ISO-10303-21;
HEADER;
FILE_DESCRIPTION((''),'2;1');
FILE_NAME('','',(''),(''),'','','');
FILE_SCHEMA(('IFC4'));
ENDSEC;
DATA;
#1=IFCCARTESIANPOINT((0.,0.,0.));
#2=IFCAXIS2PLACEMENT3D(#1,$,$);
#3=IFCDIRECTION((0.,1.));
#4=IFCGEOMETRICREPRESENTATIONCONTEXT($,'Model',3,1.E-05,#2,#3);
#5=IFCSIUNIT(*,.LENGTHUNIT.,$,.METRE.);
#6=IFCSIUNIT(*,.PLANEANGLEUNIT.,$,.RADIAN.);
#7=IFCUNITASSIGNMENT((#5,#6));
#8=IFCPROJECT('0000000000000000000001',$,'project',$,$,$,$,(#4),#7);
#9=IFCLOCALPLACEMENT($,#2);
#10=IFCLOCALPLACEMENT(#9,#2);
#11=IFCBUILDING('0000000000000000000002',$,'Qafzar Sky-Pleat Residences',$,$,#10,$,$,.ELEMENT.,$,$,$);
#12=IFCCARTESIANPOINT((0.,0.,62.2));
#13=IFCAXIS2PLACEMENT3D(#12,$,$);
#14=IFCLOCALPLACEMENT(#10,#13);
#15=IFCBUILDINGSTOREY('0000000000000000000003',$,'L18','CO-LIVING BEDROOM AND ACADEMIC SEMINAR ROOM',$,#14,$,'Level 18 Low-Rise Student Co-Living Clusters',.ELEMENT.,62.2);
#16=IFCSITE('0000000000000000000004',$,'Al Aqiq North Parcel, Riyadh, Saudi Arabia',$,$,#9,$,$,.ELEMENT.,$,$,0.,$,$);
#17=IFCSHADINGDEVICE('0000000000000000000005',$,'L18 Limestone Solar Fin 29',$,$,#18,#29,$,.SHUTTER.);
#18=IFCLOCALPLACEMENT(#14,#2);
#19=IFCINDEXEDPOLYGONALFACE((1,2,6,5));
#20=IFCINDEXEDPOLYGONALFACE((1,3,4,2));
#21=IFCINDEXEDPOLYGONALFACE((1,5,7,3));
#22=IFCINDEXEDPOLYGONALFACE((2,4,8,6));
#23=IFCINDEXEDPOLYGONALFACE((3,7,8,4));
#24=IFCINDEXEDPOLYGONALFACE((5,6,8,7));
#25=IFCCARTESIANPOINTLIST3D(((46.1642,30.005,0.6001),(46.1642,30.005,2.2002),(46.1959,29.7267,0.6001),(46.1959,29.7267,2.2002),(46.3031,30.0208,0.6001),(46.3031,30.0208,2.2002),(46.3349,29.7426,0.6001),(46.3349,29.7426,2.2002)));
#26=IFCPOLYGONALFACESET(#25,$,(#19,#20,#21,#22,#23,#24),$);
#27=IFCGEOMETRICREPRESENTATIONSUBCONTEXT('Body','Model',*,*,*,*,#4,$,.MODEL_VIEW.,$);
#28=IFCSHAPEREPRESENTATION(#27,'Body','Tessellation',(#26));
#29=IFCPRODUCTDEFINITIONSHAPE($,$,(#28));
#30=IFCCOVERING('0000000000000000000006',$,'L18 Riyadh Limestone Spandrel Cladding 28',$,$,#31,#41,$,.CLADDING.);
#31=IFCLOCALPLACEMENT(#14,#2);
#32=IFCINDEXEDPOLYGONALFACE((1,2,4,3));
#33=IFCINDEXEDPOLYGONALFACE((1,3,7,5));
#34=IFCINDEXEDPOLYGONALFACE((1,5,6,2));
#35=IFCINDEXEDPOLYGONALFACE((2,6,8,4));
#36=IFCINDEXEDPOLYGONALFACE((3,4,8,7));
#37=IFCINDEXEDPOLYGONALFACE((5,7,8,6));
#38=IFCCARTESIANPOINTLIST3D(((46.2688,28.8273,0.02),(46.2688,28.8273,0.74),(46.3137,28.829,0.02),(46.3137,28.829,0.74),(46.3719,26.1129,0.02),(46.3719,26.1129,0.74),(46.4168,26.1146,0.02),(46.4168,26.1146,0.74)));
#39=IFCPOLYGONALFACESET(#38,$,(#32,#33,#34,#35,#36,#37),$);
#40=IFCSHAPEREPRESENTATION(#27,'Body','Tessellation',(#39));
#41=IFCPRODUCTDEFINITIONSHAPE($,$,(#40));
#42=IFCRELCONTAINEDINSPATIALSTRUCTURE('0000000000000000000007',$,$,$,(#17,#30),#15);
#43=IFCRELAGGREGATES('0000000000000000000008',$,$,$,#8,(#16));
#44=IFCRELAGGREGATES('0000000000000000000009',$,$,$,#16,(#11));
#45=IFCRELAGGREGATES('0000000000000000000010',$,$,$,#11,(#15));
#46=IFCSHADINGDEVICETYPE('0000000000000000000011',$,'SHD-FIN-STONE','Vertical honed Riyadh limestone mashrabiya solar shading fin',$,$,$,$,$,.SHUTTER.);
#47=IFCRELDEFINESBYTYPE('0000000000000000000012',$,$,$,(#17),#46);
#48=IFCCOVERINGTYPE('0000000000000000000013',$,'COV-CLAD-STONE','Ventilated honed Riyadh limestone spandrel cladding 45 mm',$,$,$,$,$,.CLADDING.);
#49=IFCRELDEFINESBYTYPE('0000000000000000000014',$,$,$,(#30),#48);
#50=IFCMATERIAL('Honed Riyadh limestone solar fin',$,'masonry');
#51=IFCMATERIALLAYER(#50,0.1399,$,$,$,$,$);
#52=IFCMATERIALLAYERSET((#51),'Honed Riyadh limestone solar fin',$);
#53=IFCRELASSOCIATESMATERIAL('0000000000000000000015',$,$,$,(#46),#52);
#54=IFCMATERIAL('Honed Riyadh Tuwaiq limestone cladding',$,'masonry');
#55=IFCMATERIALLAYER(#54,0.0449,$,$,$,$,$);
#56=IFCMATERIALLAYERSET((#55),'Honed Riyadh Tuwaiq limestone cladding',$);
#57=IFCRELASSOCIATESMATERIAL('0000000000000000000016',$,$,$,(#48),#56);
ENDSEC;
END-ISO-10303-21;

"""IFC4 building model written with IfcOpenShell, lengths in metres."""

from ifc_helpers import new_model, si_unit, direction, frame, origin, origin_2d, place, context, subcontext, project, spatial, rectangle, extrude, source, transform, mapped, material, layer, layer_set, type_object, element, save


model = new_model("IFC4")

# Units and contexts
model_context = context("Model", 3, precision=1e-05, world=origin(), true_north=direction((0.0, 1.0)))
body_context = subcontext(model_context, "Body", "Model", "MODEL_VIEW")
ifc_project = project(units=[si_unit("LENGTHUNIT", "METRE"), si_unit("PLANEANGLEUNIT", "RADIAN")], contexts=[model_context])

# Site, building, storey
site_placement = place(None, origin())
site = spatial("IfcSite", under=ifc_project, at=site_placement, Name="Al Aqiq North Parcel, Riyadh, Saudi Arabia", CompositionType="ELEMENT", RefElevation=0.0)
building_placement = place(site_placement, origin())
building = spatial("IfcBuilding", under=site, at=building_placement, Name="Qafzar Sky-Pleat Residences", CompositionType="ELEMENT")
storey_placement = place(building_placement, frame((0.0, 0.0, 62.2)))
storey = spatial("IfcBuildingStorey", under=building, at=storey_placement, Name="L18", Description="CO-LIVING BEDROOM AND ACADEMIC SEMINAR ROOM", LongName="Level 18 Low-Rise Student Co-Living Clusters", CompositionType="ELEMENT", Elevation=62.2)

# Shading device
ifc_material_1 = material(Name="Honed Riyadh limestone solar fin", Category="masonry")
ifc_layer_1 = layer(ifc_material_1, 0.1399)
ifc_layer_set_1 = layer_set([ifc_layer_1], Name="Honed Riyadh limestone solar fin")
shading_device_type = type_object("IfcShadingDeviceType", Name="SHD-FIN-STONE", Description="Vertical honed Riyadh limestone mashrabiya solar shading fin", PredefinedType="SHUTTER", material=ifc_layer_set_1)
shared_shape_1 = source(origin(), body_context, "Body", "SweptSolid", [
    extrude(rectangle(XDim=0.1399, YDim=0.28, at=origin_2d()), origin(), (0.0, 0.0, 1.0), 1.6001),
])
shading_device_placement = place(storey_placement, frame((46.2495, 29.8738, 0.6001), z_axis=(0.0, 0.0, 1.0), x_axis=(0.993564, 0.113272, 0.0)))
element("IfcShadingDevice", 1, at=shading_device_placement, inside=storey, type_object=shading_device_type, Name="L18 Limestone Solar Fin 29", PredefinedType="SHUTTER", context=body_context, shape_type="MappedRepresentation", body=[
    mapped(shared_shape_1, transform((0.0, 0.0, 0.0), x_axis=(1.0, 0.0, 0.0), y_axis=(0.0, 1.0, 0.0), z_axis=(0.0, 0.0, 1.0), scale=1.0)),
])

# Covering
ifc_material_2 = material(Name="Honed Riyadh Tuwaiq limestone cladding", Category="masonry")
ifc_layer_2 = layer(ifc_material_2, 0.0449)
ifc_layer_set_2 = layer_set([ifc_layer_2], Name="Honed Riyadh Tuwaiq limestone cladding")
covering_type = type_object("IfcCoveringType", Name="COV-CLAD-STONE", Description="Ventilated honed Riyadh limestone spandrel cladding 45 mm", PredefinedType="CLADDING", material=ifc_layer_set_2)
shared_shape_2 = source(origin(), body_context, "Body", "SweptSolid", [
    extrude(rectangle(XDim=2.7163, YDim=0.0449, at=origin_2d()), origin(), (0.0, 0.0, 1.0), 0.72),
])
covering_placement = place(storey_placement, frame((46.3428, 27.4709, 0.02), z_axis=(0.0, 0.0, 1.0), x_axis=(-0.037969, 0.999279, 0.0)))
element("IfcCovering", 2, at=covering_placement, inside=storey, type_object=covering_type, Name="L18 Riyadh Limestone Spandrel Cladding 28", PredefinedType="CLADDING", context=body_context, shape_type="MappedRepresentation", body=[
    mapped(shared_shape_2, transform((0.0, 0.0, 0.0), x_axis=(1.0, 0.0, 0.0), y_axis=(0.0, 1.0, 0.0), z_axis=(0.0, 0.0, 1.0), scale=1.0)),
])

save(model, "model.ifc")
